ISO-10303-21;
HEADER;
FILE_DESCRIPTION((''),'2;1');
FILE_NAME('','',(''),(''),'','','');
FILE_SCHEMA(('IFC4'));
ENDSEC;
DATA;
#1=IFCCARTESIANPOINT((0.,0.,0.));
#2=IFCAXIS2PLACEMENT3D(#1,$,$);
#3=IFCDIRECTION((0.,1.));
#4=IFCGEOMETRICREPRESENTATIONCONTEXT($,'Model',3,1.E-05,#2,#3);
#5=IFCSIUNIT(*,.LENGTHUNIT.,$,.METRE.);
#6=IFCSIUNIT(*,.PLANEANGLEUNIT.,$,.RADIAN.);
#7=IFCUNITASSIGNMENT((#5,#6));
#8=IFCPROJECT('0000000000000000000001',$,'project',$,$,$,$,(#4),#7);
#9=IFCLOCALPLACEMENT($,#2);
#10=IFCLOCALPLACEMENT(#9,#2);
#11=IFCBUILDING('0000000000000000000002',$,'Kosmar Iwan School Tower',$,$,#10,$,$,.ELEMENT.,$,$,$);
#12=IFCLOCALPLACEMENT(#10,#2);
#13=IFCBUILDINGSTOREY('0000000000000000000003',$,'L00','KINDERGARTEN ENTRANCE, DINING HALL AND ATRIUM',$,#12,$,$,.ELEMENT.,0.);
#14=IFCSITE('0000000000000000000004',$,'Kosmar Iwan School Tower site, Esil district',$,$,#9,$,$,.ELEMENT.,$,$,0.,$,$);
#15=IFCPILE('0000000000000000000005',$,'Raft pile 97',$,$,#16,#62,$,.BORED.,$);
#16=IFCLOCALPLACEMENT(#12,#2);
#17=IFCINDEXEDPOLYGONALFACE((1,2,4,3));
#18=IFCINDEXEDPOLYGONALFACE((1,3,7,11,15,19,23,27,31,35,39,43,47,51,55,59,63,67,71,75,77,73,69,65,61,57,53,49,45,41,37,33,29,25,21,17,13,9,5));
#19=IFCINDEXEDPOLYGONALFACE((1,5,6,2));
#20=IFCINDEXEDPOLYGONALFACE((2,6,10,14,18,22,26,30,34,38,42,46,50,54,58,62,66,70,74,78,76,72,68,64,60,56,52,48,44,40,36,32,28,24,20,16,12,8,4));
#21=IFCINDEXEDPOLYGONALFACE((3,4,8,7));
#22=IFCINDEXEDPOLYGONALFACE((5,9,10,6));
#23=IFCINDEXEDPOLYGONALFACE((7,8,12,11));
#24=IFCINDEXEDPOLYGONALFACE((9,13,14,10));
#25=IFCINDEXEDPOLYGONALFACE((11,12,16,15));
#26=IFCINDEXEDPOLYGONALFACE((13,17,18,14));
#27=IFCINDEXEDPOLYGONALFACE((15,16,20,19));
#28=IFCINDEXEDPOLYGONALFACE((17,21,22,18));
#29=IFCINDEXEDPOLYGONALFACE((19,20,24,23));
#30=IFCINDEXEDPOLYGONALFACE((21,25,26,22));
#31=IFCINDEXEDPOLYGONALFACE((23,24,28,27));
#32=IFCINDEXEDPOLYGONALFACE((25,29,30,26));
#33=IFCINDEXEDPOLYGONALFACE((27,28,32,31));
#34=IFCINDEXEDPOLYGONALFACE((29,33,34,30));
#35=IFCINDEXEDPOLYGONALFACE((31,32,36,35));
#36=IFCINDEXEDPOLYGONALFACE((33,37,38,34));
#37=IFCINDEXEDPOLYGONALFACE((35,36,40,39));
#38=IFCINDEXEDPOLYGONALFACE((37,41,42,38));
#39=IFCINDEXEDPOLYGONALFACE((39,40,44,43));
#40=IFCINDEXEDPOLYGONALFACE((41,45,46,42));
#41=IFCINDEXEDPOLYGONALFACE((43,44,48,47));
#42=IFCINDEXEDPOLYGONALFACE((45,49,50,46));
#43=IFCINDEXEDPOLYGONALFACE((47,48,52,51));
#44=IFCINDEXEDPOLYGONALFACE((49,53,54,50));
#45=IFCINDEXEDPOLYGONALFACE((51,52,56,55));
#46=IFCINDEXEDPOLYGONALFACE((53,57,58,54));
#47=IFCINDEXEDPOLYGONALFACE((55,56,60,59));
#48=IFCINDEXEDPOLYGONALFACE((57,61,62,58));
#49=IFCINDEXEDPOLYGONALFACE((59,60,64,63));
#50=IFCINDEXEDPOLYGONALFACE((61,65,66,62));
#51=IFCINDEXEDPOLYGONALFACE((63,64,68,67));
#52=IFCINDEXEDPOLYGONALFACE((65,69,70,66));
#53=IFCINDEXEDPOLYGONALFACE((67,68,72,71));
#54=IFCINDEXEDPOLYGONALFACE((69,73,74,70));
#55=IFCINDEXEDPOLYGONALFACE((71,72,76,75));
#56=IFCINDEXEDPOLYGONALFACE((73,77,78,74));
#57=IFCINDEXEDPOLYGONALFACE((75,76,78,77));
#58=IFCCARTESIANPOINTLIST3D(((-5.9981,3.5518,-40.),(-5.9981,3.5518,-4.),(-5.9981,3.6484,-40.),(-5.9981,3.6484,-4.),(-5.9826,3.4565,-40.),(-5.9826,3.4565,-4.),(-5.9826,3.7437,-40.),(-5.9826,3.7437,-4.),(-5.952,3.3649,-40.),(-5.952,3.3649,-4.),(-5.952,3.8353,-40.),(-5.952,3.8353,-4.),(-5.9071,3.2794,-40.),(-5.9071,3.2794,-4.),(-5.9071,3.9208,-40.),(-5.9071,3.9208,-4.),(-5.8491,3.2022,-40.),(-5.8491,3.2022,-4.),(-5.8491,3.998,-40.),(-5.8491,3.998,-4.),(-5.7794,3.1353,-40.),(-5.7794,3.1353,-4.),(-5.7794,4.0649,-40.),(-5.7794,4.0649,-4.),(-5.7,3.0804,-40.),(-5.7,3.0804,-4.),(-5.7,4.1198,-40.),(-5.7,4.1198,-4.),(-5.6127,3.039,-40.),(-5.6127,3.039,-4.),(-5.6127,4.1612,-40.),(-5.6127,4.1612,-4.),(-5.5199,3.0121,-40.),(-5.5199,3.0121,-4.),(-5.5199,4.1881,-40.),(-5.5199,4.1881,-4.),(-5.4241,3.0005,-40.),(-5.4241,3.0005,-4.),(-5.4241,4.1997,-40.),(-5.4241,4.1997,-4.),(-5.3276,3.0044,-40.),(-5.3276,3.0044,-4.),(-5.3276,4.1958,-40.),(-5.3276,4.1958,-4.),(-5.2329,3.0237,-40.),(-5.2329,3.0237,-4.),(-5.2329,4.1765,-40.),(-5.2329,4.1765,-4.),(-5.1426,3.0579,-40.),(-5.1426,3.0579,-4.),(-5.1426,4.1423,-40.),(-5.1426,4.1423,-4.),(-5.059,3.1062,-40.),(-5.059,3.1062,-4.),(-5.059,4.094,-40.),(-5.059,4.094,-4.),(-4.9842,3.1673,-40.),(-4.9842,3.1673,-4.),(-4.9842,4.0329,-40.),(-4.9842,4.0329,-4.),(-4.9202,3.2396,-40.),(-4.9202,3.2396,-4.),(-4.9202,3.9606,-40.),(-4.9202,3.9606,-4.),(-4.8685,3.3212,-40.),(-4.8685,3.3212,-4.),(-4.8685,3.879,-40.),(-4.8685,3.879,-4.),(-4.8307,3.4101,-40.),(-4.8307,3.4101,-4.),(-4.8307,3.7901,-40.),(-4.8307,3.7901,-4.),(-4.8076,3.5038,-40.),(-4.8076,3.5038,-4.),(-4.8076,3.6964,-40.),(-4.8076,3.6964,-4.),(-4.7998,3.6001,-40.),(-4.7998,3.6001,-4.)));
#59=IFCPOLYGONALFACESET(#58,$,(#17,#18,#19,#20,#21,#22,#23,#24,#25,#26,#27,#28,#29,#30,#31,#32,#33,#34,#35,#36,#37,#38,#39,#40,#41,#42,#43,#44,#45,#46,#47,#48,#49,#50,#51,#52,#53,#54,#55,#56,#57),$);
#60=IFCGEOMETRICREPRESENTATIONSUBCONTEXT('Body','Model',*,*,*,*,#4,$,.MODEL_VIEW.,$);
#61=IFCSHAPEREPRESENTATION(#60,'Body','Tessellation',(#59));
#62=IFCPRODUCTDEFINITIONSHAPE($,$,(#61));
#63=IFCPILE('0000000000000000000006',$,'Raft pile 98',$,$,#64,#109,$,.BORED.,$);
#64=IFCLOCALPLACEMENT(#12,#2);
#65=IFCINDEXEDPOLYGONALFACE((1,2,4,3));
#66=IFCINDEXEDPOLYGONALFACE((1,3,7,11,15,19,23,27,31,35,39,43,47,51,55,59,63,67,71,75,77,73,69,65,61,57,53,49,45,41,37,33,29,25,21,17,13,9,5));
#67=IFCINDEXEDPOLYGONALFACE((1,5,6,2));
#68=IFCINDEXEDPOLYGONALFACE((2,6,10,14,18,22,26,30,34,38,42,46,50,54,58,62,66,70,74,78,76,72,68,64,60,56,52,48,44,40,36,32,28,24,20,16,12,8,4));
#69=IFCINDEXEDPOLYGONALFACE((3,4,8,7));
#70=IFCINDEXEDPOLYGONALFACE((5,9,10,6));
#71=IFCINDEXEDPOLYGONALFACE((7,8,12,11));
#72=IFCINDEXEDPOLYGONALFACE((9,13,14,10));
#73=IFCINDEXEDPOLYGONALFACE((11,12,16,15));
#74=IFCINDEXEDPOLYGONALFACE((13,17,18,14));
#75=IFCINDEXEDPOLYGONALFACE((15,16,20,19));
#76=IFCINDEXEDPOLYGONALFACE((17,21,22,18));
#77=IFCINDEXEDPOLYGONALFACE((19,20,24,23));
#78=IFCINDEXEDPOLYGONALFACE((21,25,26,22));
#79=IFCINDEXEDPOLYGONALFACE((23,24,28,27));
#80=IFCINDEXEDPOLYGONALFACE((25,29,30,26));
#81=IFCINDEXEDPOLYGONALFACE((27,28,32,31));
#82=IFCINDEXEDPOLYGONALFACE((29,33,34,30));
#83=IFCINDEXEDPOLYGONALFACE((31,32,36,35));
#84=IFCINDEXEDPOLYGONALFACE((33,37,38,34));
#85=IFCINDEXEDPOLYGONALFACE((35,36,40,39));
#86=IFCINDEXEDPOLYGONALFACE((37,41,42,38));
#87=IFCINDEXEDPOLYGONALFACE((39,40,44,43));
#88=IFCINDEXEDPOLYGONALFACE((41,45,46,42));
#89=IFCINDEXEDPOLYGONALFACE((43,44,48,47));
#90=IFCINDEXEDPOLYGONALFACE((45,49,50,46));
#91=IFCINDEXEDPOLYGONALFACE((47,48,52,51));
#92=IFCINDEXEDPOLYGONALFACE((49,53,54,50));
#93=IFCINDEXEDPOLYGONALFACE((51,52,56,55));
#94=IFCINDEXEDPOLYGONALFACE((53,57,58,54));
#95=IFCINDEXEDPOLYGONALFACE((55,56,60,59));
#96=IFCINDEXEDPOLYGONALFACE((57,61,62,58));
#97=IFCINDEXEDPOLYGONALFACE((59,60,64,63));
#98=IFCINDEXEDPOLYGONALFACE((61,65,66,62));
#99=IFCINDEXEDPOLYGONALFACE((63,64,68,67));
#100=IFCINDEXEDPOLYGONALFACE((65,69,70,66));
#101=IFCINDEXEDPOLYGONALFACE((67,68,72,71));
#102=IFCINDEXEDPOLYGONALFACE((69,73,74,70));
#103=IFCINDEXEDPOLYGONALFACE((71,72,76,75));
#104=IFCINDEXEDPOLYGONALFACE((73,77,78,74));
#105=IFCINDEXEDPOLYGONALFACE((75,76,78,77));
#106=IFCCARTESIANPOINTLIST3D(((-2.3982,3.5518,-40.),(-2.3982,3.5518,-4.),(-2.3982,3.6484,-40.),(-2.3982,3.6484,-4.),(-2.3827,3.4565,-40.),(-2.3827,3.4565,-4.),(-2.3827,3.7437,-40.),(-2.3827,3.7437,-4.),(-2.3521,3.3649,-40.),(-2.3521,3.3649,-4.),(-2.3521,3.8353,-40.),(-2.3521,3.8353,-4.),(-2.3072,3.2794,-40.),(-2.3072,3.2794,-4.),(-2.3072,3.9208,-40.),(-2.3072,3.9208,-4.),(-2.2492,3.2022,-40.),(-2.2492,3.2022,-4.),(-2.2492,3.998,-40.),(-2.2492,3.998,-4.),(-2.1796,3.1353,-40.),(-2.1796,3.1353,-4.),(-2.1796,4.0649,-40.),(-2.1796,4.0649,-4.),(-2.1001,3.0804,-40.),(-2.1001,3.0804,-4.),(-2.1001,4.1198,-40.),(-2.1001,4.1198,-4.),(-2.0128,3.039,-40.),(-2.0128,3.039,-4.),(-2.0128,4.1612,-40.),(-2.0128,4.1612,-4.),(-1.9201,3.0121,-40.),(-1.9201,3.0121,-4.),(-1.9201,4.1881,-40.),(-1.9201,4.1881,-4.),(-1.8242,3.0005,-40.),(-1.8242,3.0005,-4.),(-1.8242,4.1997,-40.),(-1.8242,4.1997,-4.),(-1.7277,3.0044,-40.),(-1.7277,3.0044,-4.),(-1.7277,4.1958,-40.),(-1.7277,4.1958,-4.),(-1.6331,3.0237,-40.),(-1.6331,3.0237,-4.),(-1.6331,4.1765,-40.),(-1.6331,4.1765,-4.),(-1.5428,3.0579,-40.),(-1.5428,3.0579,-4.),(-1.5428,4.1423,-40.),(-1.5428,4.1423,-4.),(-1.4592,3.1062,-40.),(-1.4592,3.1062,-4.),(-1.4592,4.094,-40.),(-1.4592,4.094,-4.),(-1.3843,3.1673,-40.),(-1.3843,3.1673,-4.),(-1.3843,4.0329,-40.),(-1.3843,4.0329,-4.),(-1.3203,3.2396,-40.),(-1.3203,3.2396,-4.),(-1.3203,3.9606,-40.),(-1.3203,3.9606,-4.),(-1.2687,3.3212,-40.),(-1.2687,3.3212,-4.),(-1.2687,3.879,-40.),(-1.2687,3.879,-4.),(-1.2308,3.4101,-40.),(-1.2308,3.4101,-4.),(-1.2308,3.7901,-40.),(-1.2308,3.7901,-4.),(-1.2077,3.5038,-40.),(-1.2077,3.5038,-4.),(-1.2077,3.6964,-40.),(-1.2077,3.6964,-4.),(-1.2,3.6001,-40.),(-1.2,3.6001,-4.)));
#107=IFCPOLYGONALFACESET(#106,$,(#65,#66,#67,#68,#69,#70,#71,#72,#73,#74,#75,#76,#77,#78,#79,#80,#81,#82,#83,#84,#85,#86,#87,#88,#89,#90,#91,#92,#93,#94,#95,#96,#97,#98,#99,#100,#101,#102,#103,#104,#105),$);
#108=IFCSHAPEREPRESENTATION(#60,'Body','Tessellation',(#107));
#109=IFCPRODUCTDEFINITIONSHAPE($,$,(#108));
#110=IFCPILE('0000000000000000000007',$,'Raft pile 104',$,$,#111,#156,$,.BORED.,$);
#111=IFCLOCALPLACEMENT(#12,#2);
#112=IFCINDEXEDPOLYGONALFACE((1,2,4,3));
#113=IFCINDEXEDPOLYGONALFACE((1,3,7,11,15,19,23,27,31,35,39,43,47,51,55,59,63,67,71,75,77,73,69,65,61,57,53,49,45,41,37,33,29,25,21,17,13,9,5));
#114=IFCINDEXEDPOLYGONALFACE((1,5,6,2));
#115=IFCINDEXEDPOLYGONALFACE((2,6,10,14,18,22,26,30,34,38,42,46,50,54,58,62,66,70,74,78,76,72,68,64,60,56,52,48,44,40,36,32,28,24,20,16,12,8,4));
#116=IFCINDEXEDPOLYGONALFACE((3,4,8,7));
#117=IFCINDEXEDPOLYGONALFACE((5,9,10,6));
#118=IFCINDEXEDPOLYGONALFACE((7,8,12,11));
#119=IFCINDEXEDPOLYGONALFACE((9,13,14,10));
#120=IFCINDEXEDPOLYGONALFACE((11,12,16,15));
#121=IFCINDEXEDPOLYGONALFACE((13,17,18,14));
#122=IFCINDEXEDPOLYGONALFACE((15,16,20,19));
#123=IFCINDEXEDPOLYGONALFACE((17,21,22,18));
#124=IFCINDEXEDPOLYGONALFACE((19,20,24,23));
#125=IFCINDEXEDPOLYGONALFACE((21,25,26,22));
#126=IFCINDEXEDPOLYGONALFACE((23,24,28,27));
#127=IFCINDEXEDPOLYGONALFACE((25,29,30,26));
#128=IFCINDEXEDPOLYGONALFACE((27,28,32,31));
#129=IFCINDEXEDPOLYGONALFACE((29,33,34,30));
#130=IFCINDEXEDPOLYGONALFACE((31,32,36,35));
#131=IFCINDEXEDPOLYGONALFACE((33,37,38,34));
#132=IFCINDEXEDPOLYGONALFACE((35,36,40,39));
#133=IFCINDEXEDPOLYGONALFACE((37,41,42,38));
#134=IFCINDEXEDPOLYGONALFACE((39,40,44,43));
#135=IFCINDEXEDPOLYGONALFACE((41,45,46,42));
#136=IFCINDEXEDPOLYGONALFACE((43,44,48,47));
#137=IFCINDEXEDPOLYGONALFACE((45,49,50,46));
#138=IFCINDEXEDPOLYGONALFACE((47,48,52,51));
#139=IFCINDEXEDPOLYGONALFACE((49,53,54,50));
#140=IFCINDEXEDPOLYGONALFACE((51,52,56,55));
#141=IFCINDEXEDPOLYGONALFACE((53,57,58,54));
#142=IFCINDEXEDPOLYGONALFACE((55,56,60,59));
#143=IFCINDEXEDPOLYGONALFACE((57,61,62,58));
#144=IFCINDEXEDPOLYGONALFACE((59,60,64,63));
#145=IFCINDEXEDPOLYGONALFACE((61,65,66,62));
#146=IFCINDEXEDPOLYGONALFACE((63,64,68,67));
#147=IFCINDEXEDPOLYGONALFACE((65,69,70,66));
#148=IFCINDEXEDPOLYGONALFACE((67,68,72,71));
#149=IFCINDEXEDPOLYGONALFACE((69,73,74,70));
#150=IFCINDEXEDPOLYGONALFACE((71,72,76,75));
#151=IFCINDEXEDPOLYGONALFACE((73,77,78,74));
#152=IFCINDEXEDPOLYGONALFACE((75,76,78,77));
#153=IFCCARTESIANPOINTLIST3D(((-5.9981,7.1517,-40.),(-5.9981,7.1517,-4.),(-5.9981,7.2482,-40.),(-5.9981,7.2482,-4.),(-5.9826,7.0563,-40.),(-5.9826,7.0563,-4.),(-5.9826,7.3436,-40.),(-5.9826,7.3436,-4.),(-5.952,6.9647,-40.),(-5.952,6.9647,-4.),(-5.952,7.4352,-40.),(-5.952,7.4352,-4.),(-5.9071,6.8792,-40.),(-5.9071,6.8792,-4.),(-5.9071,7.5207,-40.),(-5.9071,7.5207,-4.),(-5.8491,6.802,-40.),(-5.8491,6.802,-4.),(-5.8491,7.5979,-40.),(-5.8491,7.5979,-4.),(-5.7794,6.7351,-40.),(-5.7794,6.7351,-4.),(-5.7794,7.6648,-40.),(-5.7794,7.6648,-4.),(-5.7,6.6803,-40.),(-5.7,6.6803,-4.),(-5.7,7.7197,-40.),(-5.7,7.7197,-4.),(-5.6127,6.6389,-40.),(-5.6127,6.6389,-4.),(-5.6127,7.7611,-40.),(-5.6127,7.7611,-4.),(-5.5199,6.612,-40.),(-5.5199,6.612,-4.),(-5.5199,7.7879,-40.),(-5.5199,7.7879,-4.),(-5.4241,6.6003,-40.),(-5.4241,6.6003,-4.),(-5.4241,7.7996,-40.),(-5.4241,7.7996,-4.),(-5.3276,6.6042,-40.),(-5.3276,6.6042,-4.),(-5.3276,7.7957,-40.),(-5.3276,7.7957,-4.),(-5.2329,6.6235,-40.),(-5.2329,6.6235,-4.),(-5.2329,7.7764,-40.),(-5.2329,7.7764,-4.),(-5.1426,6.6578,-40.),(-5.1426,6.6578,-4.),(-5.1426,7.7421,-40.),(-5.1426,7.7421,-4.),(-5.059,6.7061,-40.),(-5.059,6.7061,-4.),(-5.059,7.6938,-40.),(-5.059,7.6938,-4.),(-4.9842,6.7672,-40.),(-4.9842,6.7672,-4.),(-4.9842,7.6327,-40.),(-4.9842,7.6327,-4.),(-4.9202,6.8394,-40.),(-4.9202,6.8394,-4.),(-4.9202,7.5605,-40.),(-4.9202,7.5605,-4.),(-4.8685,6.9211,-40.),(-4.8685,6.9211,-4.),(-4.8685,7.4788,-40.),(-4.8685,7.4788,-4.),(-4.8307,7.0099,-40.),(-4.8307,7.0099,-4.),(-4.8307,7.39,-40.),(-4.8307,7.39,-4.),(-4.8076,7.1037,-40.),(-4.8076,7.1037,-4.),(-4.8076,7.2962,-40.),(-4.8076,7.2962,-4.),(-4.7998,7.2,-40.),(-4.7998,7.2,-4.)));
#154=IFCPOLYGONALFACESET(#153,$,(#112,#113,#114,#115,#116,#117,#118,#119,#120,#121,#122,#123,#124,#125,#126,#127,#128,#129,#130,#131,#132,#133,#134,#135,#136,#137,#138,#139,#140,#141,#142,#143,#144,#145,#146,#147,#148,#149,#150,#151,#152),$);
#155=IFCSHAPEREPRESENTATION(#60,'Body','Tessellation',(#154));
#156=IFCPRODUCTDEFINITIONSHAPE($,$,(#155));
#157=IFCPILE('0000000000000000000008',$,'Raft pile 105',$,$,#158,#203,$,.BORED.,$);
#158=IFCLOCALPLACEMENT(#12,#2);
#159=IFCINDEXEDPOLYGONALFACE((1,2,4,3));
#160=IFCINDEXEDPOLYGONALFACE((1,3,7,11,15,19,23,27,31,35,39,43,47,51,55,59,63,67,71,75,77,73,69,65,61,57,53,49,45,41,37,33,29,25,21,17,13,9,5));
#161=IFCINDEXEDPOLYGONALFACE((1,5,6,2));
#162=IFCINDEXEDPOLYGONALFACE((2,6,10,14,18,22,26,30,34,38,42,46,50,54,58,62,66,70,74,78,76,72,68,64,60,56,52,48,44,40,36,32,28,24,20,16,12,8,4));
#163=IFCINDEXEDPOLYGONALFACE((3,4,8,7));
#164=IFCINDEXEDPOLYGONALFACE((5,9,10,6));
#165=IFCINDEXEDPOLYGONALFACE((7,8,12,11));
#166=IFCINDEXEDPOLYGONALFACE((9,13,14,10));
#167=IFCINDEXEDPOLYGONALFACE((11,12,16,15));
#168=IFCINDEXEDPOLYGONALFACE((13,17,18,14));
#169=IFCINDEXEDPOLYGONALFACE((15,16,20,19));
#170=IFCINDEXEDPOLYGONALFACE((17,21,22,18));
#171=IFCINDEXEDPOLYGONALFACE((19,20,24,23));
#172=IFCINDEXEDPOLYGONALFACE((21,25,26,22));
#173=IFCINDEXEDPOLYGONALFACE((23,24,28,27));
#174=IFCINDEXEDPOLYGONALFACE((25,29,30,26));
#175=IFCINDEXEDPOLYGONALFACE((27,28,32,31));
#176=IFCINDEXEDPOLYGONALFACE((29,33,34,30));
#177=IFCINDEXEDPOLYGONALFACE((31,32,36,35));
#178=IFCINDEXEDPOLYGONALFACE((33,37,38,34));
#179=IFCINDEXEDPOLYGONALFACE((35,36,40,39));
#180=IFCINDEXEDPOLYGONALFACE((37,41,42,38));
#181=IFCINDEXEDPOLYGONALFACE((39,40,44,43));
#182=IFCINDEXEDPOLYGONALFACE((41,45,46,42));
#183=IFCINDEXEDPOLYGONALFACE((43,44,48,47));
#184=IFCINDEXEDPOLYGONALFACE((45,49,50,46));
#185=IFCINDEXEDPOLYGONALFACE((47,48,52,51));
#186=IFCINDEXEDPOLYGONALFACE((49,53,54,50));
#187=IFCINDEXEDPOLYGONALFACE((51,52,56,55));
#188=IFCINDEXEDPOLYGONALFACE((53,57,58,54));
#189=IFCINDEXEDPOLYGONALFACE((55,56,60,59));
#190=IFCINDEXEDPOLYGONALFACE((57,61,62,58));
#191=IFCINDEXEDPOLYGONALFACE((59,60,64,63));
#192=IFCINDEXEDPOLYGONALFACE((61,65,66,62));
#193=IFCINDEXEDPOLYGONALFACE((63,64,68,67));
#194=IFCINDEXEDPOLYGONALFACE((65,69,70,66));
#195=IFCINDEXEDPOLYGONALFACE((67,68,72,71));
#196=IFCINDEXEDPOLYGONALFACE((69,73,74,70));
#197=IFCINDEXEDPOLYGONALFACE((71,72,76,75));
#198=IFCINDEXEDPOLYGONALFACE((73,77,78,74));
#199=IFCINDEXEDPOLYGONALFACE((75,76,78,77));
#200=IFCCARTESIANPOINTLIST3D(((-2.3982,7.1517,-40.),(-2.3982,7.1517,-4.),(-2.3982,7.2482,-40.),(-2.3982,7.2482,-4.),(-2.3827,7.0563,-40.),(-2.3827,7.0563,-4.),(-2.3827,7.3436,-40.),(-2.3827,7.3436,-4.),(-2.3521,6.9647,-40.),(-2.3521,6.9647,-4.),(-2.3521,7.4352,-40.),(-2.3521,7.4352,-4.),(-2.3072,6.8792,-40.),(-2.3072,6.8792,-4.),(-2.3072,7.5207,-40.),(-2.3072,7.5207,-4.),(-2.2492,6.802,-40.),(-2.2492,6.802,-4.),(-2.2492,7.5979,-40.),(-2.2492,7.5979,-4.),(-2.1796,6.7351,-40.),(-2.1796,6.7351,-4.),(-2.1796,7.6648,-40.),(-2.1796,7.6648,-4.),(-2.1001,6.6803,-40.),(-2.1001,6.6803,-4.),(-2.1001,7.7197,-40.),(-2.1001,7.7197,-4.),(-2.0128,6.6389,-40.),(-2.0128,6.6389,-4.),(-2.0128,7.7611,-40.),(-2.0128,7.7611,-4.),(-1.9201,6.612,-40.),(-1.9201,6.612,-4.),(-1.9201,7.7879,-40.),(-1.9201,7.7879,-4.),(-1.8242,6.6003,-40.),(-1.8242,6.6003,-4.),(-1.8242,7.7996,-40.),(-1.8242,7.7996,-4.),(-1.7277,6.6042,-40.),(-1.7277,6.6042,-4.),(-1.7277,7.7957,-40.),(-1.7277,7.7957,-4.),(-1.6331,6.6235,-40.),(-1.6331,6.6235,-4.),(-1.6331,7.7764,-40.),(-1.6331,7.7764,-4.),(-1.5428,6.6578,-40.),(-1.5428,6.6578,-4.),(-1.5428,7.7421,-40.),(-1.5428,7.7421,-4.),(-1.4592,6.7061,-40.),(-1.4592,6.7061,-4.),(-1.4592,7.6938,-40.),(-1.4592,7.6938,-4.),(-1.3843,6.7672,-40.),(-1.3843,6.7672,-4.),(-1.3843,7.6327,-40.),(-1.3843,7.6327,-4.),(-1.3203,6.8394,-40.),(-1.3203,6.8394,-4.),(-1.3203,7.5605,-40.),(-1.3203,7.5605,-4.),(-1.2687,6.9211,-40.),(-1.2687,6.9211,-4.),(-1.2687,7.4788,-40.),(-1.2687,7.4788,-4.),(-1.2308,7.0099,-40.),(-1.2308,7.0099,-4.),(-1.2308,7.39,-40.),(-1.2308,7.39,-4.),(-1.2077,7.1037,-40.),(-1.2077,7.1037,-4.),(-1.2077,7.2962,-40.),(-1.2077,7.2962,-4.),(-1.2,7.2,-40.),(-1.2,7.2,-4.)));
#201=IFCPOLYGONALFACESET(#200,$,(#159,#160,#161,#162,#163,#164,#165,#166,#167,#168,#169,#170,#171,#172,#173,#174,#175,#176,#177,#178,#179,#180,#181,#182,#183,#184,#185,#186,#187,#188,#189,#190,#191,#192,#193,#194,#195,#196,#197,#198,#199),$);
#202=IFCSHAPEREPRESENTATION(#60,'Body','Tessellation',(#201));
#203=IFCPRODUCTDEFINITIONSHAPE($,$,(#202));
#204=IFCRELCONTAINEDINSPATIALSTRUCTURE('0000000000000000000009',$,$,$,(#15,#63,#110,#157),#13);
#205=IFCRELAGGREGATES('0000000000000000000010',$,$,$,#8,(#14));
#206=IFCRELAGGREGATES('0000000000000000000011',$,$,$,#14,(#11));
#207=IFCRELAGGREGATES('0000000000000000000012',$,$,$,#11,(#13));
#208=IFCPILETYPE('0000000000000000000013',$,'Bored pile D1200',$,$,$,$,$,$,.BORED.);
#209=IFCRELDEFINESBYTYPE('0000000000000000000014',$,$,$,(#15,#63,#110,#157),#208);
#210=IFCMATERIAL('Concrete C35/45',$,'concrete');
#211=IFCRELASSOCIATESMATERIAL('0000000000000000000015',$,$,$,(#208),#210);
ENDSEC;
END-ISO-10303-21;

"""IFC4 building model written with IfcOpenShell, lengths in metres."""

from ifc_helpers import new_model, si_unit, direction, frame, origin, origin_2d, place, context, subcontext, project, spatial, circle, extrude, material, material_profile, profile_set, type_object, element, save


model = new_model("IFC4")

# Units and contexts
model_context = context("Model", 3, precision=1e-05, world=origin(), true_north=direction((0.0, 1.0)))
body_context = subcontext(model_context, "Body", "Model", "MODEL_VIEW")
ifc_project = project(units=[si_unit("LENGTHUNIT", "METRE"), si_unit("PLANEANGLEUNIT", "RADIAN")], contexts=[model_context])

# Site, building, storey
site_placement = place(None, origin())
site = spatial("IfcSite", under=ifc_project, at=site_placement, Name="Kosmar Iwan School Tower site, Esil district", CompositionType="ELEMENT", RefElevation=0.0)
building_placement = place(site_placement, origin())
building = spatial("IfcBuilding", under=site, at=building_placement, Name="Kosmar Iwan School Tower", CompositionType="ELEMENT")
storey_placement = place(building_placement, origin())
storey = spatial("IfcBuildingStorey", under=building, at=storey_placement, Name="L00", Description="KINDERGARTEN ENTRANCE, DINING HALL AND ATRIUM", CompositionType="ELEMENT", Elevation=0.0)

# Piles
ifc_material_1 = material(Name="Concrete C35/45", Category="concrete")
ifc_material_profile = material_profile(ifc_material_1, circle(Radius=0.6001, at=origin_2d()), Name="D1200")
ifc_profile_set = profile_set([ifc_material_profile], Name="Concrete C35/45")
pile_type = type_object("IfcPileType", Name="Bored pile D1200", PredefinedType="BORED", material=ifc_profile_set)
for number, where, z_axis, x_axis, name in (
    (1, (-5.3999, 3.6001, -4.0), (0.0, 0.0, -1.0), (1.0, 0.0, 0.0), "Raft pile 97"),
    (2, (-1.8, 3.6001, -4.0), (0.0, 0.0, -1.0), (1.0, 0.0, 0.0), "Raft pile 98"),
    (3, (-5.3999, 7.2, -4.0), (0.0, 0.0, -1.0), (1.0, 0.0, 0.0), "Raft pile 104"),
    (4, (-1.8, 7.2, -4.0), (0.0, 0.0, -1.0), (1.0, 0.0, 0.0), "Raft pile 105"),
):
    element("IfcPile", number, at=place(storey_placement, frame(where, z_axis=z_axis, x_axis=x_axis)), inside=storey, type_object=pile_type, Name=name, PredefinedType="BORED", context=body_context, shape_type="SweptSolid", body=[
        extrude(circle(Radius=0.6001, at=origin_2d()), origin(), (0.0, 0.0, 1.0), 36.0),
    ])

save(model, "model.ifc")
